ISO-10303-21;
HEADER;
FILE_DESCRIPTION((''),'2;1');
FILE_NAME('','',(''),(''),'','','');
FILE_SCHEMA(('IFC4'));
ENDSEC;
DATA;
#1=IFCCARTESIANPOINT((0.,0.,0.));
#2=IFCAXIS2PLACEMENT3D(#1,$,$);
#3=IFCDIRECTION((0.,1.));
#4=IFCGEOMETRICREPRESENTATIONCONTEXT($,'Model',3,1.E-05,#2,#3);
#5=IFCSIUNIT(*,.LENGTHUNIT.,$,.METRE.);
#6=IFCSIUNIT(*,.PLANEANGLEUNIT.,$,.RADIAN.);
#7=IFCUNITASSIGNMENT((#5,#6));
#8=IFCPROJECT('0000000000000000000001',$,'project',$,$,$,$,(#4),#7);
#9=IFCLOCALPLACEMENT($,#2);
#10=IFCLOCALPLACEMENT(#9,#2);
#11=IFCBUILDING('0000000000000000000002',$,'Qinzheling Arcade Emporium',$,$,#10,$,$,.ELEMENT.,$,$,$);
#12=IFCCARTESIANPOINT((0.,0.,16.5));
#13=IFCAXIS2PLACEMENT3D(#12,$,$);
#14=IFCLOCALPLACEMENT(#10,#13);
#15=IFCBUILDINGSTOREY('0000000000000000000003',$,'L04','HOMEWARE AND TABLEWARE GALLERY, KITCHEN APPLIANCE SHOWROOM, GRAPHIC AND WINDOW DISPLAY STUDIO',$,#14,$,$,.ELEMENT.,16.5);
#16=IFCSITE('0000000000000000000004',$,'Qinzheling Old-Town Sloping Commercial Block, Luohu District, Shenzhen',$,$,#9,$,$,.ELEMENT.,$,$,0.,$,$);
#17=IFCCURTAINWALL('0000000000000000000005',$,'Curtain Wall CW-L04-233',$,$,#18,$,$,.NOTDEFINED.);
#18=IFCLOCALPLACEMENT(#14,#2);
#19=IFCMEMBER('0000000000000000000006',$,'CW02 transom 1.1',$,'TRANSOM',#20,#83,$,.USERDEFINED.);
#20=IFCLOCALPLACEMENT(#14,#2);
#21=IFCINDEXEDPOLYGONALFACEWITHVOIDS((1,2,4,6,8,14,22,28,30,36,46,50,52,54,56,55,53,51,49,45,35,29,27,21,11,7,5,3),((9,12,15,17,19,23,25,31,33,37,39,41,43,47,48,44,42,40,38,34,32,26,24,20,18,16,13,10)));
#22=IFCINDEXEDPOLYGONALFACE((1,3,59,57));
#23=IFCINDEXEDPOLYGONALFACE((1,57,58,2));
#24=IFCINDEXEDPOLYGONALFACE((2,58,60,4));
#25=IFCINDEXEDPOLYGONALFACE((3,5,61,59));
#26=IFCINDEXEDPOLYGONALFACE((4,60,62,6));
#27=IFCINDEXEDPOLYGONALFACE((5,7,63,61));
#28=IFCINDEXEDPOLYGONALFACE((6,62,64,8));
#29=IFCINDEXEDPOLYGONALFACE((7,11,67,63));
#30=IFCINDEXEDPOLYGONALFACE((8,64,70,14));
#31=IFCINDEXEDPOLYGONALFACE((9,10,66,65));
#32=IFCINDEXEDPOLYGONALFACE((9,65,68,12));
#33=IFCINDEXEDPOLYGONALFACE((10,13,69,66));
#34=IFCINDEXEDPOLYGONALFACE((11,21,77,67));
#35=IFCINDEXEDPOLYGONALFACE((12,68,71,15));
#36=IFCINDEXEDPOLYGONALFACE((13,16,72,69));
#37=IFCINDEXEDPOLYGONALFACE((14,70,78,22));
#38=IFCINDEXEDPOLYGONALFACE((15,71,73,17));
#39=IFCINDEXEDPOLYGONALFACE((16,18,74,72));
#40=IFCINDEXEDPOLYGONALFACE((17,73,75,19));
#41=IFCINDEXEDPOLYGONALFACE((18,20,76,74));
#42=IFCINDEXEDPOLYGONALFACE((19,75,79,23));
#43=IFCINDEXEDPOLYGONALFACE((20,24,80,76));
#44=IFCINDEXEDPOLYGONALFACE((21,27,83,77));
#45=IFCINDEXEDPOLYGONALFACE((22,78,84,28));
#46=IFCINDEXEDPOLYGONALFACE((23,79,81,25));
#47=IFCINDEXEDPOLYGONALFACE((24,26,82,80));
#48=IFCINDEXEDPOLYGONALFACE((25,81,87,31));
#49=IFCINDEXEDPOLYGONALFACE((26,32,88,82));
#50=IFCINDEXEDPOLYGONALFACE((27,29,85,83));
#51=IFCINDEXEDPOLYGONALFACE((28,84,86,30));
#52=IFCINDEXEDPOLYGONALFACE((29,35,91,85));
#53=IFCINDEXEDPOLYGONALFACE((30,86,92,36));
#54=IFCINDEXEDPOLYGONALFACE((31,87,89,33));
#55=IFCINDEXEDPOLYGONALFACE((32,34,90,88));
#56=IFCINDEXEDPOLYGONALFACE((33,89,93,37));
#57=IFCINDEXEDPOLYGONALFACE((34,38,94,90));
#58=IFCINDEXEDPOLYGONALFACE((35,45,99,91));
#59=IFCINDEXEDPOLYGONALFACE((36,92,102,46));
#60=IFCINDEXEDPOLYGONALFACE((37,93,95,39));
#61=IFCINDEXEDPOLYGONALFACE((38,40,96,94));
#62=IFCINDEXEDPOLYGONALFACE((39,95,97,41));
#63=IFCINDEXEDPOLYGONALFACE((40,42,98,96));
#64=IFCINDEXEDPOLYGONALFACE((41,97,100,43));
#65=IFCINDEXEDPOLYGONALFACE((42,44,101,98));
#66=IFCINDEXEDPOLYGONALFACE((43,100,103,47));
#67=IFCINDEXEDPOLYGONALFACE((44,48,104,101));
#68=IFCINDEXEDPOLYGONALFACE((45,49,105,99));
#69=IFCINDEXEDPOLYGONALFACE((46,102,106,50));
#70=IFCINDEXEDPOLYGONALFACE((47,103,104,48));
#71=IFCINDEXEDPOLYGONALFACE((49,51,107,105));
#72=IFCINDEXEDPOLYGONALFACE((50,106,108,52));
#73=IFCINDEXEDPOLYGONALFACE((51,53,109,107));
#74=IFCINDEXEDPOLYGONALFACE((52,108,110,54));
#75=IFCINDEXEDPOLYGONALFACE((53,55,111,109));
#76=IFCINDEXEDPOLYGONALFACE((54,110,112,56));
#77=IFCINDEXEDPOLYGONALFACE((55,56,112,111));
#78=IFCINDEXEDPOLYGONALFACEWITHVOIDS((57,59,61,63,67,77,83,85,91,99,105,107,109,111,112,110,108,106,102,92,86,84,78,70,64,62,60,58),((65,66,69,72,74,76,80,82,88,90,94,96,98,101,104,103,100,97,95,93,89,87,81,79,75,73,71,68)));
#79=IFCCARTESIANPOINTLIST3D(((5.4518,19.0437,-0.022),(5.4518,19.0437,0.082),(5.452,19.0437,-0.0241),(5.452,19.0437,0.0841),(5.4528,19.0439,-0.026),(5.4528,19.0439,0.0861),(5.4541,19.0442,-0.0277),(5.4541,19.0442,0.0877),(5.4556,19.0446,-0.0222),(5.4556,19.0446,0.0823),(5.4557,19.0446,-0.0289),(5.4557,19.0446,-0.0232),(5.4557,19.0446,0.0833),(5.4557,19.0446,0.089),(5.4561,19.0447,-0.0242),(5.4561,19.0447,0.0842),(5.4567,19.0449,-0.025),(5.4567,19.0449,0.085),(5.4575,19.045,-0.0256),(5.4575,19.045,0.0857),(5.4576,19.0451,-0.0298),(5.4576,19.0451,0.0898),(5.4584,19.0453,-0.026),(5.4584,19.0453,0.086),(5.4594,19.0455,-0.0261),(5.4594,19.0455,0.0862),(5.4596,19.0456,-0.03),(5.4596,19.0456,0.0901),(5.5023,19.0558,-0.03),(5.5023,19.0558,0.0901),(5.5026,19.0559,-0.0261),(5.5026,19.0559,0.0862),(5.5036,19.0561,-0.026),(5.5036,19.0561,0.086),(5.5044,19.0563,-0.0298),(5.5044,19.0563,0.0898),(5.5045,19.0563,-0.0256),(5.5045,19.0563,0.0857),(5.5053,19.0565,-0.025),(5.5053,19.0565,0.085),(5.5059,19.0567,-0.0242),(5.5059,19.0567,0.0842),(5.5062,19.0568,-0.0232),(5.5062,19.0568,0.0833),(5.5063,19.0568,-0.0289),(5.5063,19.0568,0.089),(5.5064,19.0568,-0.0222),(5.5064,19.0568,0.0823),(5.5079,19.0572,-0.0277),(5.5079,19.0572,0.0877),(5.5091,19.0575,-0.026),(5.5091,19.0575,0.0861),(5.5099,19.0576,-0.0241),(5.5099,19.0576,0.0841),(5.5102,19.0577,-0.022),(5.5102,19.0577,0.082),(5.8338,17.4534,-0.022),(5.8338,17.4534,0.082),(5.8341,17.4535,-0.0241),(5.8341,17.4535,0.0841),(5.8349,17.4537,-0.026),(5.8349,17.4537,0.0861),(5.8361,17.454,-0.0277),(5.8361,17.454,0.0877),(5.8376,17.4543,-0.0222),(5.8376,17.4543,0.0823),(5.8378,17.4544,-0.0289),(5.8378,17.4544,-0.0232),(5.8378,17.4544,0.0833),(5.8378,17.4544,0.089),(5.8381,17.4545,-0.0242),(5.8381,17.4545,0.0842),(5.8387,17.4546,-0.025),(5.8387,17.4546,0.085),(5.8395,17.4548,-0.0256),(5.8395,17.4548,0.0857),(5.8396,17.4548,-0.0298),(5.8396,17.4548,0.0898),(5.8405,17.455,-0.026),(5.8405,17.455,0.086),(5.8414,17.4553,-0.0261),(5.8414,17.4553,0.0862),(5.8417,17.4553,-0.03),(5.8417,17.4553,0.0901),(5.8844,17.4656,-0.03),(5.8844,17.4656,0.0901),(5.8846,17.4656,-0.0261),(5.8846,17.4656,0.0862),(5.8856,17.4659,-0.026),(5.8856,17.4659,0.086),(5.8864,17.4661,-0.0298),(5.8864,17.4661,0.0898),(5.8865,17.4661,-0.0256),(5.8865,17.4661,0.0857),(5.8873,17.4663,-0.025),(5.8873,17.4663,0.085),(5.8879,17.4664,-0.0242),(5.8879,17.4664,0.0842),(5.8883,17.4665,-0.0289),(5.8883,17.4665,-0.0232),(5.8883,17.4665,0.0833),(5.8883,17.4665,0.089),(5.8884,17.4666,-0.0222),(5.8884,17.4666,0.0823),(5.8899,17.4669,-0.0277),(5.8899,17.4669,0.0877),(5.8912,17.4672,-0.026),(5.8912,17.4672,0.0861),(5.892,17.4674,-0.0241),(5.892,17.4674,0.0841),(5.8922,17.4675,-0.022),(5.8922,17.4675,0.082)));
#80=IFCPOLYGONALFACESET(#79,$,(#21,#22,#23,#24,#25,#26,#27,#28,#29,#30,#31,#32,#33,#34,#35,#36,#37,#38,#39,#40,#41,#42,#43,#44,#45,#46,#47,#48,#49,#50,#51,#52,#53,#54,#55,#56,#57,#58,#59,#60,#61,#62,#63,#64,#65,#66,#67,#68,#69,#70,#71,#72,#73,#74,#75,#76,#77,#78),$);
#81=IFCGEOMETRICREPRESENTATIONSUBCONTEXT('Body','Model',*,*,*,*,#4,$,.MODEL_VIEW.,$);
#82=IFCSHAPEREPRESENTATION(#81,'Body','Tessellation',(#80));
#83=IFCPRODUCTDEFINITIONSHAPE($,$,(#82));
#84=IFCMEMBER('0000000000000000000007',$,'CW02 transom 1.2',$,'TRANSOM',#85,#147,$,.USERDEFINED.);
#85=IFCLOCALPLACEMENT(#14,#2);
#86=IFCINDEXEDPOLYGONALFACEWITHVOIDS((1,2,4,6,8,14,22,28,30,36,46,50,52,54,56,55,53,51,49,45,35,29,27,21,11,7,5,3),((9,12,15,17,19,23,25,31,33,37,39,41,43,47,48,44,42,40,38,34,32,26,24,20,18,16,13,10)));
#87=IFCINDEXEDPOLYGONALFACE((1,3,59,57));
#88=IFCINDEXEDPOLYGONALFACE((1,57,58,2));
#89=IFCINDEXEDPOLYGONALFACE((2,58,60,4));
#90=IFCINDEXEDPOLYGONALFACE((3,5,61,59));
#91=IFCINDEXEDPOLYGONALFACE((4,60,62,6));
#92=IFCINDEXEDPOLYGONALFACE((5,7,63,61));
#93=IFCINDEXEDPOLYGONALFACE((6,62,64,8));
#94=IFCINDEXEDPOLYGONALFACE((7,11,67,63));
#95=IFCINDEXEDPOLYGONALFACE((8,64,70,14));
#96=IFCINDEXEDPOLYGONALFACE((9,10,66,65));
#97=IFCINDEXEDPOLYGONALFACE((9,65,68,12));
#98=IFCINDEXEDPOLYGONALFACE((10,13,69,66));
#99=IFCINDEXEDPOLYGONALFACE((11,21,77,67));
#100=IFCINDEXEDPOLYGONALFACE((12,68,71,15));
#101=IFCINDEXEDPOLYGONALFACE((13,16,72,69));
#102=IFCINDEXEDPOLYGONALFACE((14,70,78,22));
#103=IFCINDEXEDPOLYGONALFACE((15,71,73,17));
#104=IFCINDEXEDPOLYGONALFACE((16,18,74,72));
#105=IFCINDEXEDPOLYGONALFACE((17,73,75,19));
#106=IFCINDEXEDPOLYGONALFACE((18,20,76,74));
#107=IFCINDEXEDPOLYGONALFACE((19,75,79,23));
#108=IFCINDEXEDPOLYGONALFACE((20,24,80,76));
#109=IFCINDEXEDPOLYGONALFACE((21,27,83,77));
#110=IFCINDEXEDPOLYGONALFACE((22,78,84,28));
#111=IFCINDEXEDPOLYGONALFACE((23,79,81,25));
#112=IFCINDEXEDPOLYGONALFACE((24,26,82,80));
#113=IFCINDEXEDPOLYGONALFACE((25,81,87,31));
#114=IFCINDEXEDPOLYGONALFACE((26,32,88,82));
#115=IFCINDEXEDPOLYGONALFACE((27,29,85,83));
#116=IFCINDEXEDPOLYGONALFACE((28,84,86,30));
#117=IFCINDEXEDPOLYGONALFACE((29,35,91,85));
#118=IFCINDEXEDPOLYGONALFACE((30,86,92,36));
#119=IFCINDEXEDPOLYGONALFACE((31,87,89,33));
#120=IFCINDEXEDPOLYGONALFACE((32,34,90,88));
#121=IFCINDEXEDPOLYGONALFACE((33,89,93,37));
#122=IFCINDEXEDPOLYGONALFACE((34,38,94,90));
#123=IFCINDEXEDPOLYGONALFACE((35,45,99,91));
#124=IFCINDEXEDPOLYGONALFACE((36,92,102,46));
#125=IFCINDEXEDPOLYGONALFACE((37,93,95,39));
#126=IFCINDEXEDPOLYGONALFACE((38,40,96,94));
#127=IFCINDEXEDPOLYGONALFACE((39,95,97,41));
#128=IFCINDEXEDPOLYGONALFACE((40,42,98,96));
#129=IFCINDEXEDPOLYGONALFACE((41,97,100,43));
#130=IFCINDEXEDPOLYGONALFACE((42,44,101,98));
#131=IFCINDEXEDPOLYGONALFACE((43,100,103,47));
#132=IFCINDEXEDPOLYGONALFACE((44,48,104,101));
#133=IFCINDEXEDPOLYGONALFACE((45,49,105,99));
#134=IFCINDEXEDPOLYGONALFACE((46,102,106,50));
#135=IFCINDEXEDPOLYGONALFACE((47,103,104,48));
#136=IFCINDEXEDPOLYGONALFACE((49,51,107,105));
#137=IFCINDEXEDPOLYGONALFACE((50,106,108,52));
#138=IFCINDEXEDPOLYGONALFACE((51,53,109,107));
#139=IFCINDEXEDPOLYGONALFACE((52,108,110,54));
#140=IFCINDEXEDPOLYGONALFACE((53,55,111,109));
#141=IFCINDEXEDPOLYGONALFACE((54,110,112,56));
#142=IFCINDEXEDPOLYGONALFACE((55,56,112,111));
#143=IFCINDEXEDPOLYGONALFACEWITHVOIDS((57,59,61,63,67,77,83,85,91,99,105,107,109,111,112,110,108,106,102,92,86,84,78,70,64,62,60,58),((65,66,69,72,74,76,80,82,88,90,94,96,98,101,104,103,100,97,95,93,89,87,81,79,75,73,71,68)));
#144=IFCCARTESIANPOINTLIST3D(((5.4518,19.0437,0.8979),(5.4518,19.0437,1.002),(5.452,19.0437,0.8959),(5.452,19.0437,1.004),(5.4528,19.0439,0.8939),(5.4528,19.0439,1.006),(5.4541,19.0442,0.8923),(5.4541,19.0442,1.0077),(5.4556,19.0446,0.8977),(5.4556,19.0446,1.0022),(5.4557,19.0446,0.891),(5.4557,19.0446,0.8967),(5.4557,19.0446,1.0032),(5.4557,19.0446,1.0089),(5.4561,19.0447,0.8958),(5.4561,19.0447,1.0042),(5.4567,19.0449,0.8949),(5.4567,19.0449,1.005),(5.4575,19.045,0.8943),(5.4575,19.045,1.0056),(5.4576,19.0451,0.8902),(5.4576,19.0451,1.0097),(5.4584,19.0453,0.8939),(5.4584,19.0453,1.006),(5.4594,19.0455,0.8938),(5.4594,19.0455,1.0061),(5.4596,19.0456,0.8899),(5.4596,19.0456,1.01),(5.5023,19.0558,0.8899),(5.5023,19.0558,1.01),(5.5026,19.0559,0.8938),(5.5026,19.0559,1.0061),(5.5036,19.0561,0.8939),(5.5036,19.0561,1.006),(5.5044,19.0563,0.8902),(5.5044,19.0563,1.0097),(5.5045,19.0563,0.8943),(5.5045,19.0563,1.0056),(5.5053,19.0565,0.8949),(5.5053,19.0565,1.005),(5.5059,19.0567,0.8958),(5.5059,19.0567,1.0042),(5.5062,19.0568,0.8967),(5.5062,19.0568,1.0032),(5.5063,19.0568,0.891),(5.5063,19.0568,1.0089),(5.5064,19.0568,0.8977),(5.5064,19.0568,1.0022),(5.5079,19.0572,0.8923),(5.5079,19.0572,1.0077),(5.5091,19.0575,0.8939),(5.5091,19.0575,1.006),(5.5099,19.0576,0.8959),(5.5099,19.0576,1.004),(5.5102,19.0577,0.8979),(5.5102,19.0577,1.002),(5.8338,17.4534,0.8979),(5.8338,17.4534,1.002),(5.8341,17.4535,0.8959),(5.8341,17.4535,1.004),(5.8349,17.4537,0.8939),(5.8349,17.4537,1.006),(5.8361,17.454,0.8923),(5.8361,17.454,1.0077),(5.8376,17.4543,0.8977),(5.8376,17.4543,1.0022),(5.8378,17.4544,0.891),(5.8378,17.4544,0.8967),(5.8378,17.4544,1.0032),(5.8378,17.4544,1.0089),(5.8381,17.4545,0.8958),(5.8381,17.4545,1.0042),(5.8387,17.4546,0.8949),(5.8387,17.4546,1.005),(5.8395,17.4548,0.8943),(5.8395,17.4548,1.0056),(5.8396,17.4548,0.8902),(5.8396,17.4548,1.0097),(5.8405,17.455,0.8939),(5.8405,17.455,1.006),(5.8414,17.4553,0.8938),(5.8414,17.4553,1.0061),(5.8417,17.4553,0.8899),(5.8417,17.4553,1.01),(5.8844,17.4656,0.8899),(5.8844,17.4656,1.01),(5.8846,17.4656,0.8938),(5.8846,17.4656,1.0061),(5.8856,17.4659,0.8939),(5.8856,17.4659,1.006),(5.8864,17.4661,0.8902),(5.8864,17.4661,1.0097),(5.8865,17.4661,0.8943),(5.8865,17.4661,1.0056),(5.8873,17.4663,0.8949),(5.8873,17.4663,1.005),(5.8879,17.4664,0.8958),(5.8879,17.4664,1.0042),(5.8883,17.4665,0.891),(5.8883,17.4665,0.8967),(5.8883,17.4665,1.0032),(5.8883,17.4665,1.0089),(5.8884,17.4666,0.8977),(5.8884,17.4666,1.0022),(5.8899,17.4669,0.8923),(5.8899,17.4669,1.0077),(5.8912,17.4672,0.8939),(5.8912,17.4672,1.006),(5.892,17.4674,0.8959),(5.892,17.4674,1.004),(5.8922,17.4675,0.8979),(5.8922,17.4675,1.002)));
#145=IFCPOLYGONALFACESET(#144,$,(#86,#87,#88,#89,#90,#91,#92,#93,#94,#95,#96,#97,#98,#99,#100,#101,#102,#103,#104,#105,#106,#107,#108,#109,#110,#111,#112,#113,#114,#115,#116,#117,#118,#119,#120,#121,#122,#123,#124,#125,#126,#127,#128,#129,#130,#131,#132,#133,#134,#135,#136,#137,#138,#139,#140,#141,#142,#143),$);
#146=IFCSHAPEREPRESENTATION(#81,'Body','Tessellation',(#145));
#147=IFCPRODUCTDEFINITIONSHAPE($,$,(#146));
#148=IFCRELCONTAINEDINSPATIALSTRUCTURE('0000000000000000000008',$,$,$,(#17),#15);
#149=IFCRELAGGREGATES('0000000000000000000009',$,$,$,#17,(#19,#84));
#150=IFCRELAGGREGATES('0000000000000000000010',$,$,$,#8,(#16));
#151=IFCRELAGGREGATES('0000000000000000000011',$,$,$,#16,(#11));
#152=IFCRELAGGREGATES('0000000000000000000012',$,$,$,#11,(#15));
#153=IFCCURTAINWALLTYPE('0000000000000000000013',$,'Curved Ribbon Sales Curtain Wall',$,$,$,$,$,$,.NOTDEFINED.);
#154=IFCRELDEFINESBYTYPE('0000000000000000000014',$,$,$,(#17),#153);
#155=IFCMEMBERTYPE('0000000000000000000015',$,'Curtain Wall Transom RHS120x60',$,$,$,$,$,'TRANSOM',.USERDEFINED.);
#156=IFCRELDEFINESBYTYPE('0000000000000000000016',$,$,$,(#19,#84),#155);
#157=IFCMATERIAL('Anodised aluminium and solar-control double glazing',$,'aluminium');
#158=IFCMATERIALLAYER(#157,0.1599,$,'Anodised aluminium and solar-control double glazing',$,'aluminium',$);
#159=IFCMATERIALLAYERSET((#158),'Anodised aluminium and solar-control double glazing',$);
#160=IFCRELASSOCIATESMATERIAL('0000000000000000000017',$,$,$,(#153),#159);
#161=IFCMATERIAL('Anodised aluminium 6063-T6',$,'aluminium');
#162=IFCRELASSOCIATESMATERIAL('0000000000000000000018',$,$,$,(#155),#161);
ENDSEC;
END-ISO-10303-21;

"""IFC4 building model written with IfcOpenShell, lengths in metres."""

from ifc_helpers import new_model, si_unit, direction, frame, origin, origin_2d, place, context, subcontext, project, spatial, hollow_rectangle, extrude, material, layer, layer_set, material_profile, profile_set, type_object, element, aggregate, save


model = new_model("IFC4")

# Units and contexts
model_context = context("Model", 3, precision=1e-05, world=origin(), true_north=direction((0.0, 1.0)))
body_context = subcontext(model_context, "Body", "Model", "MODEL_VIEW")
ifc_project = project(units=[si_unit("LENGTHUNIT", "METRE"), si_unit("PLANEANGLEUNIT", "RADIAN")], contexts=[model_context])

# Site, building, storey
site_placement = place(None, origin())
site = spatial("IfcSite", under=ifc_project, at=site_placement, Name="Qinzheling Old-Town Sloping Commercial Block, Luohu District, Shenzhen", CompositionType="ELEMENT", RefElevation=0.0)
building_placement = place(site_placement, origin())
building = spatial("IfcBuilding", under=site, at=building_placement, Name="Qinzheling Arcade Emporium", CompositionType="ELEMENT")
storey_placement = place(building_placement, frame((0.0, 0.0, 16.5)))
storey = spatial("IfcBuildingStorey", under=building, at=storey_placement, Name="L04", Description="HOMEWARE AND TABLEWARE GALLERY, KITCHEN APPLIANCE SHOWROOM, GRAPHIC AND WINDOW DISPLAY STUDIO", CompositionType="ELEMENT", Elevation=16.5)

# Shared definitions
ifc_material_1 = material(Name="Anodised aluminium and solar-control double glazing", Category="aluminium")
ifc_layer_1 = layer(ifc_material_1, 0.1599, Name="Anodised aluminium and solar-control double glazing", Category="aluminium")
ifc_layer_set_1 = layer_set([ifc_layer_1], Name="Anodised aluminium and solar-control double glazing")
curtain_wall_type = type_object("IfcCurtainWallType", Name="Curved Ribbon Sales Curtain Wall", PredefinedType="NOTDEFINED", material=ifc_layer_set_1)
ifc_material_2 = material(Name="Anodised aluminium 6063-T6", Category="aluminium")

# Curtain wall
curtain_wall_1_placement = place(storey_placement, origin())
curtain_wall_1 = element("IfcCurtainWall", 1, at=curtain_wall_1_placement, inside=storey, type_object=curtain_wall_type, Name="Curtain Wall CW-L04-233", PredefinedType="NOTDEFINED")

# Members
ifc_material_profile_1 = material_profile(ifc_material_2, hollow_rectangle(XDim=0.0601, YDim=0.1201, WallThickness=0.0039, InnerFilletRadius=0.0039, OuterFilletRadius=0.0081, at=origin_2d()), Name="RHS 120x60x4", Category="aluminium")
ifc_profile_set_1 = profile_set([ifc_material_profile_1], Name="Anodised aluminium 6063-T6")
member_type_1 = type_object("IfcMemberType", Name="Curtain Wall Transom RHS120x60", ElementType="TRANSOM", PredefinedType="USERDEFINED", material=ifc_profile_set_1)
member_1_placement = place(storey_placement, frame((5.863, 17.4604, 0.03), z_axis=(-0.233604, 0.972332, 0.0), x_axis=(-0.972332, -0.233604, 0.0)))
member_1 = element("IfcMember", 2, at=member_1_placement, type_object=member_type_1, Name="CW02 transom 1.1", ObjectType="TRANSOM", PredefinedType="USERDEFINED", context=body_context, shape_type="SweptSolid", body=[
    extrude(hollow_rectangle(XDim=0.0601, YDim=0.1201, WallThickness=0.0039, InnerFilletRadius=0.0039, OuterFilletRadius=0.0081, at=origin_2d()), origin(), (0.0, 0.0, 1.0), 1.6355),
])
member_2_placement = place(storey_placement, frame((5.863, 17.4604, 0.95), z_axis=(-0.233604, 0.972332, 0.0), x_axis=(-0.972332, -0.233604, 0.0)))
member_2 = element("IfcMember", 3, at=member_2_placement, type_object=member_type_1, Name="CW02 transom 1.2", ObjectType="TRANSOM", PredefinedType="USERDEFINED", context=body_context, shape_type="SweptSolid", body=[
    extrude(hollow_rectangle(XDim=0.0601, YDim=0.1201, WallThickness=0.0039, InnerFilletRadius=0.0039, OuterFilletRadius=0.0081, at=origin_2d()), origin(), (0.0, 0.0, 1.0), 1.6355),
])

aggregate(curtain_wall_1, [member_1, member_2])

save(model, "model.ifc")
